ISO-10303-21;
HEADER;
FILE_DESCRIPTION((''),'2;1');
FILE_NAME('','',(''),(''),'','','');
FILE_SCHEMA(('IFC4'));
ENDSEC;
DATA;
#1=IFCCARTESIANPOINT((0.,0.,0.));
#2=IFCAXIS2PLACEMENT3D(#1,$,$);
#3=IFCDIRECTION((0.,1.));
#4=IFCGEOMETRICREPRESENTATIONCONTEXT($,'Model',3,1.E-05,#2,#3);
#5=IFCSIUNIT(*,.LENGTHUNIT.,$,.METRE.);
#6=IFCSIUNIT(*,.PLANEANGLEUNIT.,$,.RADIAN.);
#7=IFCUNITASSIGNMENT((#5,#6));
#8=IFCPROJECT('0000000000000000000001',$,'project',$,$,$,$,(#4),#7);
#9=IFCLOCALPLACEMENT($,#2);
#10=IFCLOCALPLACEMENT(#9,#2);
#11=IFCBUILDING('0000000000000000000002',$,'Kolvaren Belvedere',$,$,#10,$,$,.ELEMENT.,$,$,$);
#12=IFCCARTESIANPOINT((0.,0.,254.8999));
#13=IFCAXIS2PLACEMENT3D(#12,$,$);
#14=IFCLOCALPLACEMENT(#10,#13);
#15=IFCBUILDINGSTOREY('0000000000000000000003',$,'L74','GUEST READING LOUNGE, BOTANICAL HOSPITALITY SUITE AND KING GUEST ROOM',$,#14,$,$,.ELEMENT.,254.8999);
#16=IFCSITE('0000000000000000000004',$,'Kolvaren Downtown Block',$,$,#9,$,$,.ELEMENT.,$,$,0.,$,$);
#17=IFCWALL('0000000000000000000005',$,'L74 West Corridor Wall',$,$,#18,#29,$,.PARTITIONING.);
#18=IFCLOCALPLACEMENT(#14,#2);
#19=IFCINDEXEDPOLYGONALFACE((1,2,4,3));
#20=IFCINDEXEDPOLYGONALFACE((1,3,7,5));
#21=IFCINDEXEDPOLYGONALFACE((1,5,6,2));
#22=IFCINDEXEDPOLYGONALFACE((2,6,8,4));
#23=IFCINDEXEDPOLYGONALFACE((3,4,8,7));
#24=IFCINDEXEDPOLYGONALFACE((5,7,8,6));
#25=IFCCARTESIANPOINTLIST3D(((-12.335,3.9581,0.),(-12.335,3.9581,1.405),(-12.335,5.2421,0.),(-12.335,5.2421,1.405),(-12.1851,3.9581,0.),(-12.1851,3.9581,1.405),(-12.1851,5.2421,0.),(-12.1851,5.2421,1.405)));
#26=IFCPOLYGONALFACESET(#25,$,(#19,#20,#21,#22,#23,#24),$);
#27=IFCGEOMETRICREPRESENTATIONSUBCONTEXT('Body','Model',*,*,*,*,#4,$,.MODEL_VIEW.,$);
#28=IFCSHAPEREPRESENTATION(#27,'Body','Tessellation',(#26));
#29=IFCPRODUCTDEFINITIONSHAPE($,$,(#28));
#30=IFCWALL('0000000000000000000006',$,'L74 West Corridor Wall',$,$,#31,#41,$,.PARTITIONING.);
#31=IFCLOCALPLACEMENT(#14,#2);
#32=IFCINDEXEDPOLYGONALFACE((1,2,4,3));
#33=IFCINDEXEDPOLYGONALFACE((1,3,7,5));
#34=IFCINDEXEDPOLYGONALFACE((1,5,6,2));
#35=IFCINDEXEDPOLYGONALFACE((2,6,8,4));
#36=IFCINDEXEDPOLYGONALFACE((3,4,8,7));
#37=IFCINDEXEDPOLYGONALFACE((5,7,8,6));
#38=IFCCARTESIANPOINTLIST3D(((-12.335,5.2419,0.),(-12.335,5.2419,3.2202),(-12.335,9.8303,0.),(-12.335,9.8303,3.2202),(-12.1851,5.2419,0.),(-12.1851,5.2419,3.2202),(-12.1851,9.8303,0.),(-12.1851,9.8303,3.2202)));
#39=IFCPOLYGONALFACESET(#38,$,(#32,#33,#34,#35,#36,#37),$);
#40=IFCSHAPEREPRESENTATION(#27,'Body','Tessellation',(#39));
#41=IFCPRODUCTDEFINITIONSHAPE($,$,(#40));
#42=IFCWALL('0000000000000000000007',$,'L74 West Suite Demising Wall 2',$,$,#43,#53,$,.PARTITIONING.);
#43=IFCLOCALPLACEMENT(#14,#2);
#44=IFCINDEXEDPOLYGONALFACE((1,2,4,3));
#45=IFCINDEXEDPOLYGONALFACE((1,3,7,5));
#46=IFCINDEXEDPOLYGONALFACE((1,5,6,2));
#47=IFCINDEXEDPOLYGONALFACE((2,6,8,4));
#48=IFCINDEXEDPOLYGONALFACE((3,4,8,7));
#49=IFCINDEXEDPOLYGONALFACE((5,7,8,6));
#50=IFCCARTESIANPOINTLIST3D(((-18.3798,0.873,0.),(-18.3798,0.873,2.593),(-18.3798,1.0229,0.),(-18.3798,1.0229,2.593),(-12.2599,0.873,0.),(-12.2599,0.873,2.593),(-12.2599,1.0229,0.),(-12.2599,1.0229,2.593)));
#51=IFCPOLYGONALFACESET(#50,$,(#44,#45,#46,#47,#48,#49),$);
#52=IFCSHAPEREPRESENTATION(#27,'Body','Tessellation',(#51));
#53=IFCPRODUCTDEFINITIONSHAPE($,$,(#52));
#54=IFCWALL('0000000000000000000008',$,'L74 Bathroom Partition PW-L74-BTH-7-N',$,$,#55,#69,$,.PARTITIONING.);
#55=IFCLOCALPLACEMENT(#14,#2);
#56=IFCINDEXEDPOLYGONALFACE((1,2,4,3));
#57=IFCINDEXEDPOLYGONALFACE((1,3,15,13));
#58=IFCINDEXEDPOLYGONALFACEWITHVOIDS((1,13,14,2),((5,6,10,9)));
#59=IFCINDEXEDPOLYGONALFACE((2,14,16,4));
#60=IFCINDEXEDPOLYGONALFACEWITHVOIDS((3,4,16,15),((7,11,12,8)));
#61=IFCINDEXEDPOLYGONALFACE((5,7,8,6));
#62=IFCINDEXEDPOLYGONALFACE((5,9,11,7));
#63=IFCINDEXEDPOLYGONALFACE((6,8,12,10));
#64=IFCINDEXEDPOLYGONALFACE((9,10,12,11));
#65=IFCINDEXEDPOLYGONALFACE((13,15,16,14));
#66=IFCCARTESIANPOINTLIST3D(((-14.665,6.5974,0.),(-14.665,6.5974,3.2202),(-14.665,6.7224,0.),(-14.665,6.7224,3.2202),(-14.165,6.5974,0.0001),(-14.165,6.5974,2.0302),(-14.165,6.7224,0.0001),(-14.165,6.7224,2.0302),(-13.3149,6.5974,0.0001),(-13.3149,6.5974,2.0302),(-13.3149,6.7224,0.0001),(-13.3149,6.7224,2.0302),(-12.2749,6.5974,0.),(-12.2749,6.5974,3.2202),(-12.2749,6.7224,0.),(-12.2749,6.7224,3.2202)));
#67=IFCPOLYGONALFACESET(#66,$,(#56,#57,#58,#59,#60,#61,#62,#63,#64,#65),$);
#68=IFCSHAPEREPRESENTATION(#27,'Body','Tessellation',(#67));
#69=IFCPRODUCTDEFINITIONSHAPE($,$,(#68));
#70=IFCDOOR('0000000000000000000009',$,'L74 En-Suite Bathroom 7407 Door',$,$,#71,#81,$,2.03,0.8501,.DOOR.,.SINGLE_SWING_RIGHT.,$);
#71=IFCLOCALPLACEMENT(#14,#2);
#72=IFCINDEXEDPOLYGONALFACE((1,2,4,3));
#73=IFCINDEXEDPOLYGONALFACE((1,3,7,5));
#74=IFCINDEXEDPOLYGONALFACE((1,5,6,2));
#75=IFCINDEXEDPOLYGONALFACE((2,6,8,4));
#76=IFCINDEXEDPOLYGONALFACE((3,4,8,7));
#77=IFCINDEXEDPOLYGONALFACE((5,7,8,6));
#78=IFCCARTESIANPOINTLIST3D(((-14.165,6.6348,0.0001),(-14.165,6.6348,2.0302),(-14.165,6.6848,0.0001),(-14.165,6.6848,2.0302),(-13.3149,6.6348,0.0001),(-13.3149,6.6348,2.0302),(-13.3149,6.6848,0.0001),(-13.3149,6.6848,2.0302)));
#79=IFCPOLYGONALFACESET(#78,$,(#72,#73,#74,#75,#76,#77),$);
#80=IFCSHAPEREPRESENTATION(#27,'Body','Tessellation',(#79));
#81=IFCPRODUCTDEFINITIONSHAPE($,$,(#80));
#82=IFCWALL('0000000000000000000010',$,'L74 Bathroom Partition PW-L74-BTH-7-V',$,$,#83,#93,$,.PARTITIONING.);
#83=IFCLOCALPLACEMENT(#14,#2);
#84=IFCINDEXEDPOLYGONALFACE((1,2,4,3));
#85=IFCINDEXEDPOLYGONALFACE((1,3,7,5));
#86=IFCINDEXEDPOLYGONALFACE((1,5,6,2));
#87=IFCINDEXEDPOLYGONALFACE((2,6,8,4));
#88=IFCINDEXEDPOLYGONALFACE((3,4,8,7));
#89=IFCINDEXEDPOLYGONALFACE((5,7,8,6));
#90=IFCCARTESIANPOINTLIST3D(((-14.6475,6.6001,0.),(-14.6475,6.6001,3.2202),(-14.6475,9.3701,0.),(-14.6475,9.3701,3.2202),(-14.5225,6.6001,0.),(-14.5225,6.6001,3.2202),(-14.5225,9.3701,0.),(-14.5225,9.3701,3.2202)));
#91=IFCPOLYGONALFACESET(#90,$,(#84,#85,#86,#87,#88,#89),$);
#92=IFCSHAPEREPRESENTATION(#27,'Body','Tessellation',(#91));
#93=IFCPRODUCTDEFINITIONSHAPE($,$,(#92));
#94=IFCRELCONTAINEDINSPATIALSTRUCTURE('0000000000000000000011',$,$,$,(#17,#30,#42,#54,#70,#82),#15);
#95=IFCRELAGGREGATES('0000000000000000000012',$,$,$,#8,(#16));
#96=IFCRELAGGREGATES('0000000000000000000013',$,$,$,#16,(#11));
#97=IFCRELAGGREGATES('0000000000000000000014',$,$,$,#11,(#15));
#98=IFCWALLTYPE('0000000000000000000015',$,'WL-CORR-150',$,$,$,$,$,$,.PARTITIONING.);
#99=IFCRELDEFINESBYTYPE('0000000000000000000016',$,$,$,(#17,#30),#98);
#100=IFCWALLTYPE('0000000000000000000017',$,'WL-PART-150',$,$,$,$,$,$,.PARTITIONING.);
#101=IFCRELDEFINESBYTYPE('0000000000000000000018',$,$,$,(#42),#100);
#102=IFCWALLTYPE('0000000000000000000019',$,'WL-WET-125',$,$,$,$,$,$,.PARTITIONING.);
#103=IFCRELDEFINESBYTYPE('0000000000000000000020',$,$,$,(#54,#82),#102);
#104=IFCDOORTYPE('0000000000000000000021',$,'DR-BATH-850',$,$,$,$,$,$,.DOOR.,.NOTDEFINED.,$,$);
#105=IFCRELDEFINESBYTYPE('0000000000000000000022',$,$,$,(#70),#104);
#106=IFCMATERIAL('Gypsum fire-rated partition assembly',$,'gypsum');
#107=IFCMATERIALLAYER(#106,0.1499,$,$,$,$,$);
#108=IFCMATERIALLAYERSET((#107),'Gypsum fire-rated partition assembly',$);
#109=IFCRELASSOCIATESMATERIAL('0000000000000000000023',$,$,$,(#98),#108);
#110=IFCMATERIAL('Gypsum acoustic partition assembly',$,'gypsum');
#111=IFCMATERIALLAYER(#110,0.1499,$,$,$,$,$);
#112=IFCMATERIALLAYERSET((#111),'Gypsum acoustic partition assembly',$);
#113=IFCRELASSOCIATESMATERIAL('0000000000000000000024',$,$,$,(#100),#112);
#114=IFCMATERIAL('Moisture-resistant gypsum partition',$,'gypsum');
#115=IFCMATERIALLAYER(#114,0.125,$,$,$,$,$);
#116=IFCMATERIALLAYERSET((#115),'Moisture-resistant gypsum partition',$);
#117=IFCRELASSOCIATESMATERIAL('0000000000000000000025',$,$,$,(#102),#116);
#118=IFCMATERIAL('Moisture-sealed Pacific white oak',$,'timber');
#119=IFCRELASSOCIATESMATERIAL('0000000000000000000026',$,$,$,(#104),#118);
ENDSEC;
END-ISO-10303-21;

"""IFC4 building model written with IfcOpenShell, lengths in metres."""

from ifc_helpers import new_model, si_unit, direction, frame, frame_2d, origin, place, context, subcontext, project, spatial, rectangle, extrude, material, layer, layer_set, type_object, element, fill, save


model = new_model("IFC4")

# Units and contexts
model_context = context("Model", 3, precision=1e-05, world=origin(), true_north=direction((0.0, 1.0)))
body_context = subcontext(model_context, "Body", "Model", "MODEL_VIEW")
ifc_project = project(units=[si_unit("LENGTHUNIT", "METRE"), si_unit("PLANEANGLEUNIT", "RADIAN")], contexts=[model_context])

# Site, building, storey
site_placement = place(None, origin())
site = spatial("IfcSite", under=ifc_project, at=site_placement, Name="Kolvaren Downtown Block", CompositionType="ELEMENT", RefElevation=0.0)
building_placement = place(site_placement, origin())
building = spatial("IfcBuilding", under=site, at=building_placement, Name="Kolvaren Belvedere", CompositionType="ELEMENT")
storey_placement = place(building_placement, frame((0.0, 0.0, 254.8999)))
storey = spatial("IfcBuildingStorey", under=building, at=storey_placement, Name="L74", Description="GUEST READING LOUNGE, BOTANICAL HOSPITALITY SUITE AND KING GUEST ROOM", CompositionType="ELEMENT", Elevation=254.8999)

# Walls
ifc_material_1 = material(Name="Gypsum fire-rated partition assembly", Category="gypsum")
ifc_layer_1 = layer(ifc_material_1, 0.1499)
ifc_layer_set_1 = layer_set([ifc_layer_1], Name="Gypsum fire-rated partition assembly")
wall_type_1 = type_object("IfcWallType", Name="WL-CORR-150", PredefinedType="PARTITIONING", material=ifc_layer_set_1)
wall_1_placement = place(storey_placement, frame((-12.26, 3.958, 0.0), z_axis=(0.0, 0.0, 1.0), x_axis=(0.0, 1.0, 0.0)))
element("IfcWall", 1, at=wall_1_placement, inside=storey, type_object=wall_type_1, Name="L74 West Corridor Wall", PredefinedType="PARTITIONING", context=body_context, shape_type="SweptSolid", body=[
    extrude(rectangle(XDim=1.2839, YDim=0.1499, at=frame_2d((0.6421, 0.0))), origin(), (0.0, 0.0, 1.0), 1.405),
])
wall_2_placement = place(storey_placement, frame((-12.26, 5.2419, 0.0), z_axis=(0.0, 0.0, 1.0), x_axis=(0.0, 1.0, 0.0)))
element("IfcWall", 2, at=wall_2_placement, inside=storey, type_object=wall_type_1, Name="L74 West Corridor Wall", PredefinedType="PARTITIONING", context=body_context, shape_type="SweptSolid", body=[
    extrude(rectangle(XDim=4.5884, YDim=0.1499, at=frame_2d((2.2942, 0.0))), origin(), (0.0, 0.0, 1.0), 3.2202),
])
ifc_material_2 = material(Name="Gypsum acoustic partition assembly", Category="gypsum")
ifc_layer_2 = layer(ifc_material_2, 0.1499)
ifc_layer_set_2 = layer_set([ifc_layer_2], Name="Gypsum acoustic partition assembly")
wall_type_2 = type_object("IfcWallType", Name="WL-PART-150", PredefinedType="PARTITIONING", material=ifc_layer_set_2)
wall_3_placement = place(storey_placement, frame((-18.3799, 0.948, 0.0), z_axis=(0.0, 0.0, 1.0), x_axis=(1.0, 0.0, 0.0)))
element("IfcWall", 3, at=wall_3_placement, inside=storey, type_object=wall_type_2, Name="L74 West Suite Demising Wall 2", PredefinedType="PARTITIONING", context=body_context, shape_type="SweptSolid", body=[
    extrude(rectangle(XDim=6.1199, YDim=0.1499, at=frame_2d((3.0601, 0.0))), origin(), (0.0, 0.0, 1.0), 2.593),
])

# Wall, opening, door
ifc_material_3 = material(Name="Moisture-resistant gypsum partition", Category="gypsum")
ifc_layer_3 = layer(ifc_material_3, 0.125)
ifc_layer_set_3 = layer_set([ifc_layer_3], Name="Moisture-resistant gypsum partition")
wall_type_3 = type_object("IfcWallType", Name="WL-WET-125", PredefinedType="PARTITIONING", material=ifc_layer_set_3)
wall_4_placement = place(storey_placement, frame((-14.665, 6.6599, 0.0), z_axis=(0.0, 0.0, 1.0), x_axis=(1.0, 0.0, 0.0)))
wall_4 = element("IfcWall", 4, at=wall_4_placement, inside=storey, type_object=wall_type_3, Name="L74 Bathroom Partition PW-L74-BTH-7-N", PredefinedType="PARTITIONING", context=body_context, shape_type="SweptSolid", body=[
    extrude(rectangle(XDim=2.3901, YDim=0.125, at=frame_2d((1.1951, 0.0))), origin(), (0.0, 0.0, 1.0), 3.2202),
])
opening_1_placement = place(wall_4_placement, frame((0.5, 0.0, 0.0)))
opening_1 = element("IfcOpeningElement", 5, at=opening_1_placement, cuts=wall_4, PredefinedType="OPENING", context=body_context, shape_type="SweptSolid", body=[
    extrude(rectangle(XDim=0.8501, YDim=2.03, at=frame_2d((0.425, 1.0151))), frame((0.0, 0.0725, 0.0), z_axis=(0.0, -1.0, 0.0), x_axis=(1.0, 0.0, 0.0)), (0.0, 0.0, 1.0), 0.145),
])
ifc_material_4 = material(Name="Moisture-sealed Pacific white oak", Category="timber")
door_type_1 = type_object("IfcDoorType", Name="DR-BATH-850", OperationType="NOTDEFINED", PredefinedType="DOOR", material=ifc_material_4)
door_1_placement = place(opening_1_placement, origin())
door_1 = element("IfcDoor", 6, at=door_1_placement, inside=storey, type_object=door_type_1, Name="L74 En-Suite Bathroom 7407 Door", OperationType="SINGLE_SWING_RIGHT", OverallHeight=2.03, OverallWidth=0.8501, PredefinedType="DOOR", context=body_context, shape_type="SweptSolid", body=[
    extrude(rectangle(XDim=0.8501, YDim=2.03, at=frame_2d((0.425, 1.0151))), frame((0.0, 0.0249, 0.0), z_axis=(0.0, -1.0, 0.0), x_axis=(1.0, 0.0, 0.0)), (0.0, 0.0, 1.0), 0.05),
])
fill(opening_1, door_1)

# Wall
wall_5_placement = place(storey_placement, frame((-14.585, 6.6001, 0.0), z_axis=(0.0, 0.0, 1.0), x_axis=(0.0, 1.0, 0.0)))
element("IfcWall", 7, at=wall_5_placement, inside=storey, type_object=wall_type_3, Name="L74 Bathroom Partition PW-L74-BTH-7-V", PredefinedType="PARTITIONING", context=body_context, shape_type="SweptSolid", body=[
    extrude(rectangle(XDim=2.77, YDim=0.125, at=frame_2d((1.385, 0.0))), origin(), (0.0, 0.0, 1.0), 3.2202),
])

save(model, "model.ifc")
